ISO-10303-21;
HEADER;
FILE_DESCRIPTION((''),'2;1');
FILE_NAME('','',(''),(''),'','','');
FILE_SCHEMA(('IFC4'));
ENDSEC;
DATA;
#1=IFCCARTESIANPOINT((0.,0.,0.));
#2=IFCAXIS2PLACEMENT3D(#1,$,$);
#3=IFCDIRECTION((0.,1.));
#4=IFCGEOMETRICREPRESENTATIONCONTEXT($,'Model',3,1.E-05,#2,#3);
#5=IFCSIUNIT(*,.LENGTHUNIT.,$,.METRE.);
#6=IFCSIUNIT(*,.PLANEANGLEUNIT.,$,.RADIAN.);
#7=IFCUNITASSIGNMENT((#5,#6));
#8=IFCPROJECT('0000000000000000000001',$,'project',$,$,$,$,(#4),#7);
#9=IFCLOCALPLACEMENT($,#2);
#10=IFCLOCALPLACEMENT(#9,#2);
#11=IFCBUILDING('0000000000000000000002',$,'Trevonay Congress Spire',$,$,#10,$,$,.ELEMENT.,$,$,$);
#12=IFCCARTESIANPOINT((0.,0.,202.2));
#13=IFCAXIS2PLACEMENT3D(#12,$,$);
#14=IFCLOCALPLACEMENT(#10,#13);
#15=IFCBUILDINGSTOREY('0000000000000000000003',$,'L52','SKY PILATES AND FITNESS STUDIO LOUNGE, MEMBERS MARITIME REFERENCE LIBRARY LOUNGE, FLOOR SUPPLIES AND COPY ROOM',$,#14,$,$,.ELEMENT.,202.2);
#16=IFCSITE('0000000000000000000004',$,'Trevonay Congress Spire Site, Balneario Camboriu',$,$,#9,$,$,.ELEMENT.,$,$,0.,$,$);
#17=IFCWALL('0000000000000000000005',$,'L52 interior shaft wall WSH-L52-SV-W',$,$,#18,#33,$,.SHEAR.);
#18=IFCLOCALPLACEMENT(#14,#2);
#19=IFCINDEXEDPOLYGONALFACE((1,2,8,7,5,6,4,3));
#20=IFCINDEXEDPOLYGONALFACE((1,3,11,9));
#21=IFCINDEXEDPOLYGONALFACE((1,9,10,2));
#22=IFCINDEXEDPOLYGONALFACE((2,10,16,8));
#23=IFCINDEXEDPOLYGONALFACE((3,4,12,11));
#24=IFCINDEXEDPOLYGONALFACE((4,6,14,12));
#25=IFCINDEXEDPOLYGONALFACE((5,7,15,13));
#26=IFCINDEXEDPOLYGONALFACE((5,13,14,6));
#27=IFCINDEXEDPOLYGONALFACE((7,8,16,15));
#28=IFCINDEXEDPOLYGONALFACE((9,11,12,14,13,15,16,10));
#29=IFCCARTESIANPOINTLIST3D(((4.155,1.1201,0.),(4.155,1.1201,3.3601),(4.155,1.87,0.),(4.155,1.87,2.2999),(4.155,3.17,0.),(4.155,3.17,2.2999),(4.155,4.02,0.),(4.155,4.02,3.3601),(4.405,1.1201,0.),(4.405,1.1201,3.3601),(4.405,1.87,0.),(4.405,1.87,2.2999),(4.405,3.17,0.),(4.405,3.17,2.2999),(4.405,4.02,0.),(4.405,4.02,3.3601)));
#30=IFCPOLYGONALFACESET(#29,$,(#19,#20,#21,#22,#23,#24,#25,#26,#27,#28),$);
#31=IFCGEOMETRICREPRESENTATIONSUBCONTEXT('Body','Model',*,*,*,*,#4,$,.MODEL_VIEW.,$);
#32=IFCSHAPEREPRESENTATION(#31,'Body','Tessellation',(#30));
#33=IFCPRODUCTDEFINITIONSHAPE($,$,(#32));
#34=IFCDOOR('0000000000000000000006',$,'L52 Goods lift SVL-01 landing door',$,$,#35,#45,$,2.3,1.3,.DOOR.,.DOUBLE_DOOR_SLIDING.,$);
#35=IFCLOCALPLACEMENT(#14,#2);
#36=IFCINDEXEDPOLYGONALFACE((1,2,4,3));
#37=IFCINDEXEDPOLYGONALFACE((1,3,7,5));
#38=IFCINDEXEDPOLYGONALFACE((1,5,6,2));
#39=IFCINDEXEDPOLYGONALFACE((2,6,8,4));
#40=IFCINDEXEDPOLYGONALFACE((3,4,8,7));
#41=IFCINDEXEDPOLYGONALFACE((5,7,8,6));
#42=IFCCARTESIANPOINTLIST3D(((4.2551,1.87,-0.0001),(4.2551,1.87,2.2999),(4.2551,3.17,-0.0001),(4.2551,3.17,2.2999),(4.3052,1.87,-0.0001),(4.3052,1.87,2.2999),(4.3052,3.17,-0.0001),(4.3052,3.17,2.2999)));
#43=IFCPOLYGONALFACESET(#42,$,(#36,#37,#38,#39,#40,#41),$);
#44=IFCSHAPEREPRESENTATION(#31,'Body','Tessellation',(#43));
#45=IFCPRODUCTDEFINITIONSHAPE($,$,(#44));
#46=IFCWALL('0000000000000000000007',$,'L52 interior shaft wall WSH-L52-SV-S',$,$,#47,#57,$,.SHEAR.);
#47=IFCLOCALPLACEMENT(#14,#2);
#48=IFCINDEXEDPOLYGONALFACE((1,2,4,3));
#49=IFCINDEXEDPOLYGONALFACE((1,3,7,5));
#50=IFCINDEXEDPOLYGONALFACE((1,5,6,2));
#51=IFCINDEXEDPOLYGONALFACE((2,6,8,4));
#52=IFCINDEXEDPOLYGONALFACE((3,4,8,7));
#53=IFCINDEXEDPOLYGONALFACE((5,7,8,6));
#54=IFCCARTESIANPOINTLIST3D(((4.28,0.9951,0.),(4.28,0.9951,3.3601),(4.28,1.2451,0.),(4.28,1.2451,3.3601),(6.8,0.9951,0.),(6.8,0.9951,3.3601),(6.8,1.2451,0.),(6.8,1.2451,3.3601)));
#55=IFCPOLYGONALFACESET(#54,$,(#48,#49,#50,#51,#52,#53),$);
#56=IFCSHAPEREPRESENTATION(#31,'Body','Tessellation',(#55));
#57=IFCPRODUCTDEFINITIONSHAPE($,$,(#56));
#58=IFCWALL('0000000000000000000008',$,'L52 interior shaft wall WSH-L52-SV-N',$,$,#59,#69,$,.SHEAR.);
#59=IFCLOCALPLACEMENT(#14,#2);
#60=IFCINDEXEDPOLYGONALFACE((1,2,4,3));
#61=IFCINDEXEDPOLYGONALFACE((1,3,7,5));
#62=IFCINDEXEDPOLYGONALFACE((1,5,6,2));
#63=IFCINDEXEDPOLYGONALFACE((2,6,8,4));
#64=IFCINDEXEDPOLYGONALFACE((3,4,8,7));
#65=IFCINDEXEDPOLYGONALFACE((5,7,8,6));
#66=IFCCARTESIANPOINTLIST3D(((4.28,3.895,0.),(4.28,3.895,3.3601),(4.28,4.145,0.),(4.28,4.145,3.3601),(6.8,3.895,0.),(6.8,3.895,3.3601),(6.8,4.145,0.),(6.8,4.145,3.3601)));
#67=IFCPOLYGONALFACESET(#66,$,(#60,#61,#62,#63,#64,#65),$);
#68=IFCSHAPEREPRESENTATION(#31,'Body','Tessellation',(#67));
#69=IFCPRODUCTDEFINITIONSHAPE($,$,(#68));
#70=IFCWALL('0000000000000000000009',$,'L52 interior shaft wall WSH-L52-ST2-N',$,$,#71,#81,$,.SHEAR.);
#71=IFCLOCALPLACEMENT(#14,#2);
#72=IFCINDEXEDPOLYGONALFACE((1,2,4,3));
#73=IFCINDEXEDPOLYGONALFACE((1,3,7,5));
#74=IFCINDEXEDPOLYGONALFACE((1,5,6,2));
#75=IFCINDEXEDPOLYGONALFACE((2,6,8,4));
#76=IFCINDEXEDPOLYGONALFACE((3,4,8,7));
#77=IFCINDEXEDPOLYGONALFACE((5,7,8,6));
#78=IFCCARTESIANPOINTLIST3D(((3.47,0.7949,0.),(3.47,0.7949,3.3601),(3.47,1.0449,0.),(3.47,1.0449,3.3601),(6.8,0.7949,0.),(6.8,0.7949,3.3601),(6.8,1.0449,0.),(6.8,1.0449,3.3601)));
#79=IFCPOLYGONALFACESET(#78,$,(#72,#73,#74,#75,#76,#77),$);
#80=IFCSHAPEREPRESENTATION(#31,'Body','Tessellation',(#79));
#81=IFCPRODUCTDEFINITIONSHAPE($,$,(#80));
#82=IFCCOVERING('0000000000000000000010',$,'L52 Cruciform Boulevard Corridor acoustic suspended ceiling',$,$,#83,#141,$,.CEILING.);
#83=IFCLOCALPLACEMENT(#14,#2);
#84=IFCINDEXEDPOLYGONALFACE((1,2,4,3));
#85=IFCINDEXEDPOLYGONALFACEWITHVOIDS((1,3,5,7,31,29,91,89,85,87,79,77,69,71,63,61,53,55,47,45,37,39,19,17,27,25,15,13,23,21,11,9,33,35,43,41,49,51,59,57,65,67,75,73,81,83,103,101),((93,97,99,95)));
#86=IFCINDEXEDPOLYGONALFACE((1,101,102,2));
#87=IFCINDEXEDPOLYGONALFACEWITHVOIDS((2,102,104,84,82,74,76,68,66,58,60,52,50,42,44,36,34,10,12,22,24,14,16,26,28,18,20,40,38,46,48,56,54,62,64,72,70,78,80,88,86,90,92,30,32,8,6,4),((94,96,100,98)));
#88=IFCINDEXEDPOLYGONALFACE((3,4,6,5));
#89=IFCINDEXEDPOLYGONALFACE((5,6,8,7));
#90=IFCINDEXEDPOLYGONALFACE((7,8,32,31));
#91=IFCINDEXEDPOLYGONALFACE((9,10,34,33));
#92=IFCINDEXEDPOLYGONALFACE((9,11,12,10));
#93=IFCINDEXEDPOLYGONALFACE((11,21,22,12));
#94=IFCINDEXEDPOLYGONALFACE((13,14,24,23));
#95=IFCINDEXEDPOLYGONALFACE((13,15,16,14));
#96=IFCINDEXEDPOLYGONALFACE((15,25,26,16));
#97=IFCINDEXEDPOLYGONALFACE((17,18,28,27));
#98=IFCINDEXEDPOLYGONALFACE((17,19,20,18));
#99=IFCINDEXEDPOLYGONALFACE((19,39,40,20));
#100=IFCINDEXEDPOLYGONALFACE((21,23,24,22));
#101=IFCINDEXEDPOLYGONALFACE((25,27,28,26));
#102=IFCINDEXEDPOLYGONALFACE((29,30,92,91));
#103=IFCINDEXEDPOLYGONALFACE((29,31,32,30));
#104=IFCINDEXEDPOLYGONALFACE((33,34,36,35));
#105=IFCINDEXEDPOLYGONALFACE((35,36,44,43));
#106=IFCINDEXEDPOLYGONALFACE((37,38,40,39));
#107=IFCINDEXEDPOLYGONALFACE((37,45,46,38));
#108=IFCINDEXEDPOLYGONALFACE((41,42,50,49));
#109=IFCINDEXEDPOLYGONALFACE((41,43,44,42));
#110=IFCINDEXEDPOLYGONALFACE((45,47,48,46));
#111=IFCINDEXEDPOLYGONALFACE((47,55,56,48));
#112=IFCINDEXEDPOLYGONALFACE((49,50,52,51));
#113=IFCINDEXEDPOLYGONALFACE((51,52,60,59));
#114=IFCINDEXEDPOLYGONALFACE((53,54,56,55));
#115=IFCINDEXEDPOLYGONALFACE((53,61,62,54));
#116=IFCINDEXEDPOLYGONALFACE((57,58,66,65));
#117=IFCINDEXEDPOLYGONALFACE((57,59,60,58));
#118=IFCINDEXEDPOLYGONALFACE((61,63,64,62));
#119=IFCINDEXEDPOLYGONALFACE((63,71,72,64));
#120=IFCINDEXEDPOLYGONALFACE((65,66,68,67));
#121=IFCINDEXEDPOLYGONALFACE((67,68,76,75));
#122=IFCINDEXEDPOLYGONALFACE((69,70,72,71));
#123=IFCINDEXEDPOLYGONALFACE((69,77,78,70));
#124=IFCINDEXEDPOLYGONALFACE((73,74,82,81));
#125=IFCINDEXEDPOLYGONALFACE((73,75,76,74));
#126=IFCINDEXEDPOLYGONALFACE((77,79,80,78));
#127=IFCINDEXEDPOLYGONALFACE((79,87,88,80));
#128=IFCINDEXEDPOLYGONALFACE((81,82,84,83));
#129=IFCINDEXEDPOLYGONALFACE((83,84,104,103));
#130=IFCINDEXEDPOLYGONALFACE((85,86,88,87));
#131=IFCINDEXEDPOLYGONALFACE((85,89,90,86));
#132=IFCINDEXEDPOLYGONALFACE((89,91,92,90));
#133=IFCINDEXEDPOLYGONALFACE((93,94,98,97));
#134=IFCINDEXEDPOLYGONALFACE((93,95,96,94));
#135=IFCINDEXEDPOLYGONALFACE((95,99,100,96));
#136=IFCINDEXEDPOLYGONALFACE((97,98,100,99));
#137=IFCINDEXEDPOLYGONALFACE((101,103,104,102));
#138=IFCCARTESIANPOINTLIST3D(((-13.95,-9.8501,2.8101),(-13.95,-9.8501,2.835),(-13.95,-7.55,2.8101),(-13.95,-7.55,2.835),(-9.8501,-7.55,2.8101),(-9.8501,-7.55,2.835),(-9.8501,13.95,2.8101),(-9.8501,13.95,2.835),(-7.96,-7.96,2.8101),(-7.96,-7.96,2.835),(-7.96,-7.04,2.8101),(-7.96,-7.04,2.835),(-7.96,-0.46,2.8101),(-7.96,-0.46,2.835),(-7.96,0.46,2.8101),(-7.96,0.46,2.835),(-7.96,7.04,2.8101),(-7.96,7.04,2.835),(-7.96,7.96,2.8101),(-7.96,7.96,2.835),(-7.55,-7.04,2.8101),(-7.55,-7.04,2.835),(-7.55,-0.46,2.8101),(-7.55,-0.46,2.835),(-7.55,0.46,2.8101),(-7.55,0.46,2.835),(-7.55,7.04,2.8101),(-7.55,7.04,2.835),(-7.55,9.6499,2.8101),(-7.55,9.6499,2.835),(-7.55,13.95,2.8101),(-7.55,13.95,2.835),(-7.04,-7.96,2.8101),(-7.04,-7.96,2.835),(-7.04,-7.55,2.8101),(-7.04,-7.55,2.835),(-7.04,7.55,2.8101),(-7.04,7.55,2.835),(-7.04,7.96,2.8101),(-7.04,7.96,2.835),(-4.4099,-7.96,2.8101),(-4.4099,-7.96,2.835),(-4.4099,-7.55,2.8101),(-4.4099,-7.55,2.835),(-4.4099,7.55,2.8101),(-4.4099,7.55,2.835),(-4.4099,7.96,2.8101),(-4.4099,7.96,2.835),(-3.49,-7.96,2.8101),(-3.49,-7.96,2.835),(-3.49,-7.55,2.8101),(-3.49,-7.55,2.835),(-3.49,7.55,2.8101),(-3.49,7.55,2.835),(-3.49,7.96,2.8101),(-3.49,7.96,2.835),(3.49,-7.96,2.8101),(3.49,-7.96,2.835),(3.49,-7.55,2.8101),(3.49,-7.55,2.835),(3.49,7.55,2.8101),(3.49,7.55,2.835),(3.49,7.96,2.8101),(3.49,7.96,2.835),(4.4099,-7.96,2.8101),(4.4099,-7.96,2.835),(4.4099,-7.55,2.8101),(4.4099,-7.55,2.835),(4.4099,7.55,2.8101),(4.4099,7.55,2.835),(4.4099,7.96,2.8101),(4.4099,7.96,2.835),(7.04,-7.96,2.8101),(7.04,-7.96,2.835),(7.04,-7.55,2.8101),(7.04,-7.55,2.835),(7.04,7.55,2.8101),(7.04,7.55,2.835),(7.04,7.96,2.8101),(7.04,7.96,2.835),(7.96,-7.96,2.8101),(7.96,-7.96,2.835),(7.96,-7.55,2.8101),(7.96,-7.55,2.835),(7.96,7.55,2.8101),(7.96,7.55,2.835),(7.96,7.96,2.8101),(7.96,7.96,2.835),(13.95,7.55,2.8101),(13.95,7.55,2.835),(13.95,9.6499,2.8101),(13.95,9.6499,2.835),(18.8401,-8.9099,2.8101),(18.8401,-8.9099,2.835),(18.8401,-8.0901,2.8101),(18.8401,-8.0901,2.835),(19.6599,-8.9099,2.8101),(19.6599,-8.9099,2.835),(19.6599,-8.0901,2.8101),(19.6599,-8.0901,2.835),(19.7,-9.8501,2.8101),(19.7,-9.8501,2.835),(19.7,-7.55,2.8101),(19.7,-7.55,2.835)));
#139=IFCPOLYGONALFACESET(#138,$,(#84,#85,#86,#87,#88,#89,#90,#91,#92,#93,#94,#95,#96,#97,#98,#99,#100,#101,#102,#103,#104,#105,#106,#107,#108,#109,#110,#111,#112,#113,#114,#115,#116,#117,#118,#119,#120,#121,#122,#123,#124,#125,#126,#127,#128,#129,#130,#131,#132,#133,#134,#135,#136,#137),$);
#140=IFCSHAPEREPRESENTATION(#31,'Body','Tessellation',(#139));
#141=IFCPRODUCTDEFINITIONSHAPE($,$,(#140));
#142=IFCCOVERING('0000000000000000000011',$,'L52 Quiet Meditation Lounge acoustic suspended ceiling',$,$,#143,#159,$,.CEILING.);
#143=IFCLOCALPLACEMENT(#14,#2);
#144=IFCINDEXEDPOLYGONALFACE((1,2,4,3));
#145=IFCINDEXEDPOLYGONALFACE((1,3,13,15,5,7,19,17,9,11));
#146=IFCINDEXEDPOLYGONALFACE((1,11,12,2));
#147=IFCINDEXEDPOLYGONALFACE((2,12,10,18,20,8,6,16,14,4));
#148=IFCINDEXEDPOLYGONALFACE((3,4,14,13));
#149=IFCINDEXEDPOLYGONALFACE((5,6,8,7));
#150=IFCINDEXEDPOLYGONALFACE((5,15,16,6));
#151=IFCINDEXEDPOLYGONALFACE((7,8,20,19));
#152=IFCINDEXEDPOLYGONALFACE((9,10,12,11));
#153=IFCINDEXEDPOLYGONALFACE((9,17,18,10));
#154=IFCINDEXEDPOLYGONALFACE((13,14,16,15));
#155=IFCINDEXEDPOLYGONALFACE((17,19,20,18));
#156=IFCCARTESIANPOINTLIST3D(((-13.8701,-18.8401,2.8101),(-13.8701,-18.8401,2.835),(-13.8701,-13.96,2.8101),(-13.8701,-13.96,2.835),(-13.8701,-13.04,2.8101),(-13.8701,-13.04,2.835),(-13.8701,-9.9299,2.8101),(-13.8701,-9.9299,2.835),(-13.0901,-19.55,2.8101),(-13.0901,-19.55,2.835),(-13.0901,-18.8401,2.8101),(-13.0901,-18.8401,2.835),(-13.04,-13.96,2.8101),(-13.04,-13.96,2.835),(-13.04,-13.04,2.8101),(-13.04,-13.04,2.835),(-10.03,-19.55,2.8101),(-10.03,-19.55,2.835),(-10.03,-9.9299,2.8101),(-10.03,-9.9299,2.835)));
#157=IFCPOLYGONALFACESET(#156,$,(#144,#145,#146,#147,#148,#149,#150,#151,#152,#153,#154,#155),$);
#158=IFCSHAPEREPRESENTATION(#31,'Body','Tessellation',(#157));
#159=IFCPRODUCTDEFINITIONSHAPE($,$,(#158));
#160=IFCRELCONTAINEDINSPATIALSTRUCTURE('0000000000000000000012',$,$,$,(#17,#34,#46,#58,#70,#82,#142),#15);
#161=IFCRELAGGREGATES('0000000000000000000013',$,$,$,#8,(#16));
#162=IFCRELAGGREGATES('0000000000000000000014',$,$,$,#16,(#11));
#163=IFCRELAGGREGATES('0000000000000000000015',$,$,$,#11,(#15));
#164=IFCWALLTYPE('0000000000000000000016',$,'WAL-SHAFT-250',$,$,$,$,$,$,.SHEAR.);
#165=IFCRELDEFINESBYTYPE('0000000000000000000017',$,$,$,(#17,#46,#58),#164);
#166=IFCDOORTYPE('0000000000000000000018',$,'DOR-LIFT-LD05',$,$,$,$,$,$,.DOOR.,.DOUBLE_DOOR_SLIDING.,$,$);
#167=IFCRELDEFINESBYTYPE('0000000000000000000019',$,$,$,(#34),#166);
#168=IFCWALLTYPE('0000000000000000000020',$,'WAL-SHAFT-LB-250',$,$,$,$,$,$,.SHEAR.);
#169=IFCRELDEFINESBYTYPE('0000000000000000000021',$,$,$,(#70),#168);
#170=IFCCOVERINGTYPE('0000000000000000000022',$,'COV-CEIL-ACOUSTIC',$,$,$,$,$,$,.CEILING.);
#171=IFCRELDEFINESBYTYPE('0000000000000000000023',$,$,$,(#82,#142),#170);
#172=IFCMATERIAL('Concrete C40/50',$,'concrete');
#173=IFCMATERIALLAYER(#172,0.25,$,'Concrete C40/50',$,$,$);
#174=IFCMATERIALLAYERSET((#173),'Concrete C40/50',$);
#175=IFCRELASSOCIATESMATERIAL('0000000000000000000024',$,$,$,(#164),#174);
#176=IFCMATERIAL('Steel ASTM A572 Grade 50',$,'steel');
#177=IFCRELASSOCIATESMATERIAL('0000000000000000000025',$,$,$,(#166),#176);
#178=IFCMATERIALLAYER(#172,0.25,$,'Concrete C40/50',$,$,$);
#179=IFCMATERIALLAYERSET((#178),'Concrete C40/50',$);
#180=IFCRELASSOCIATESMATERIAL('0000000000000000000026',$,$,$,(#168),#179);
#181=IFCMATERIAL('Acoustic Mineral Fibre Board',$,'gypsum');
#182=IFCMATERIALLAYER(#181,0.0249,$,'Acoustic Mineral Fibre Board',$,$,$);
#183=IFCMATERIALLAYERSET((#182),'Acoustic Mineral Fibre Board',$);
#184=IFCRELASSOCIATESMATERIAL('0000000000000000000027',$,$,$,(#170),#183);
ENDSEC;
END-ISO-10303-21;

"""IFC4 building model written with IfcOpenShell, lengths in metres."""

from ifc_helpers import new_model, si_unit, direction, frame, frame_2d, origin, place, context, subcontext, project, spatial, polyline, rectangle, outline, extrude, material, layer, layer_set, type_object, element, fill, save


model = new_model("IFC4")

# Units and contexts
model_context = context("Model", 3, precision=1e-05, world=origin(), true_north=direction((0.0, 1.0)))
body_context = subcontext(model_context, "Body", "Model", "MODEL_VIEW")
ifc_project = project(units=[si_unit("LENGTHUNIT", "METRE"), si_unit("PLANEANGLEUNIT", "RADIAN")], contexts=[model_context])

# Site, building, storey
site_placement = place(None, origin())
site = spatial("IfcSite", under=ifc_project, at=site_placement, Name="Trevonay Congress Spire Site, Balneario Camboriu", CompositionType="ELEMENT", RefElevation=0.0)
building_placement = place(site_placement, origin())
building = spatial("IfcBuilding", under=site, at=building_placement, Name="Trevonay Congress Spire", CompositionType="ELEMENT")
storey_placement = place(building_placement, frame((0.0, 0.0, 202.2)))
storey = spatial("IfcBuildingStorey", under=building, at=storey_placement, Name="L52", Description="SKY PILATES AND FITNESS STUDIO LOUNGE, MEMBERS MARITIME REFERENCE LIBRARY LOUNGE, FLOOR SUPPLIES AND COPY ROOM", CompositionType="ELEMENT", Elevation=202.2)

# Shared definitions
ifc_material_1 = material(Name="Steel ASTM A572 Grade 50", Category="steel")

# Shared definitions
ifc_material_2 = material(Name="Concrete C40/50", Category="concrete")
ifc_layer_1 = layer(ifc_material_2, 0.25, Name="Concrete C40/50")
ifc_layer_set_1 = layer_set([ifc_layer_1], Name="Concrete C40/50")
wall_type_1 = type_object("IfcWallType", Name="WAL-SHAFT-250", PredefinedType="SHEAR", material=ifc_layer_set_1)

# Wall, opening, door
wall_1_placement = place(storey_placement, frame((4.28, 1.1201, 0.0), z_axis=(0.0, 0.0, 1.0), x_axis=(0.0, 1.0, 0.0)))
wall_1 = element("IfcWall", 1, at=wall_1_placement, inside=storey, type_object=wall_type_1, Name="L52 interior shaft wall WSH-L52-SV-W", PredefinedType="SHEAR", context=body_context, shape_type="SweptSolid", body=[
    extrude(rectangle(XDim=2.8999, YDim=0.25, at=frame_2d((1.45, 0.0))), origin(), (0.0, 0.0, 1.0), 3.3601),
])
opening_1_placement = place(wall_1_placement, frame((0.75, 0.0, 0.0)))
opening_1 = element("IfcOpeningElement", 2, at=opening_1_placement, cuts=wall_1, PredefinedType="OPENING", context=body_context, shape_type="SweptSolid", body=[
    extrude(rectangle(XDim=1.3, YDim=2.3, at=frame_2d((0.6499, 1.1499))), frame((0.0, 0.135, 0.0), z_axis=(0.0, -1.0, 0.0), x_axis=(1.0, 0.0, 0.0)), (0.0, 0.0, 1.0), 0.27),
])
door_type_1 = type_object("IfcDoorType", Name="DOR-LIFT-LD05", OperationType="DOUBLE_DOOR_SLIDING", PredefinedType="DOOR", material=ifc_material_1)
door_1_placement = place(opening_1_placement, origin())
door_1 = element("IfcDoor", 3, at=door_1_placement, inside=storey, type_object=door_type_1, Name="L52 Goods lift SVL-01 landing door", OperationType="DOUBLE_DOOR_SLIDING", OverallHeight=2.3, OverallWidth=1.3, PredefinedType="DOOR", context=body_context, shape_type="SweptSolid", body=[
    extrude(rectangle(XDim=1.3, YDim=2.3, at=frame_2d((0.6499, 1.1499))), frame((0.0, 0.0249, 0.0), z_axis=(0.0, -1.0, 0.0), x_axis=(1.0, 0.0, 0.0)), (0.0, 0.0, 1.0), 0.05),
])
fill(opening_1, door_1)

# Walls
for number, where, z_axis, x_axis, name in (
    (4, (4.28, 1.1201, 0.0), (0.0, 0.0, 1.0), (1.0, 0.0, 0.0), "L52 interior shaft wall WSH-L52-SV-S"),
    (5, (4.28, 4.02, 0.0), (0.0, 0.0, 1.0), (1.0, 0.0, 0.0), "L52 interior shaft wall WSH-L52-SV-N"),
):
    element("IfcWall", number, at=place(storey_placement, frame(where, z_axis=z_axis, x_axis=x_axis)), inside=storey, type_object=wall_type_1, Name=name, PredefinedType="SHEAR", context=body_context, shape_type="SweptSolid", body=[
        extrude(rectangle(XDim=2.52, YDim=0.25, at=frame_2d((1.26, 0.0))), origin(), (0.0, 0.0, 1.0), 3.3601),
    ])
ifc_layer_2 = layer(ifc_material_2, 0.25, Name="Concrete C40/50")
ifc_layer_set_2 = layer_set([ifc_layer_2], Name="Concrete C40/50")
wall_type_2 = type_object("IfcWallType", Name="WAL-SHAFT-LB-250", PredefinedType="SHEAR", material=ifc_layer_set_2)
wall_2_placement = place(storey_placement, frame((3.47, 0.9199, 0.0), z_axis=(0.0, 0.0, 1.0), x_axis=(1.0, 0.0, 0.0)))
element("IfcWall", 6, at=wall_2_placement, inside=storey, type_object=wall_type_2, Name="L52 interior shaft wall WSH-L52-ST2-N", PredefinedType="SHEAR", context=body_context, shape_type="SweptSolid", body=[
    extrude(rectangle(XDim=3.3301, YDim=0.25, at=frame_2d((1.665, 0.0))), origin(), (0.0, 0.0, 1.0), 3.3601),
])

# Coverings
ifc_material_3 = material(Name="Acoustic Mineral Fibre Board", Category="gypsum")
ifc_layer_3 = layer(ifc_material_3, 0.0249, Name="Acoustic Mineral Fibre Board")
ifc_layer_set_3 = layer_set([ifc_layer_3], Name="Acoustic Mineral Fibre Board")
covering_type_1 = type_object("IfcCoveringType", Name="COV-CEIL-ACOUSTIC", PredefinedType="CEILING", material=ifc_layer_set_3)
covering_1_placement = place(storey_placement, frame((0.0, 0.0, 2.8101)))
element("IfcCovering", 7, at=covering_1_placement, inside=storey, type_object=covering_type_1, Name="L52 Cruciform Boulevard Corridor acoustic suspended ceiling", PredefinedType="CEILING", context=body_context, shape_type="SweptSolid", body=[
    extrude(outline(polyline([(19.7, -7.55), (19.7, -9.8501), (-13.95, -9.8501), (-13.95, -7.55), (-9.8501, -7.55), (-9.8501, 13.95), (-7.55, 13.95), (-7.55, 9.6499), (13.95, 9.6499), (13.95, 7.55), (7.96, 7.55), (7.96, 7.96), (7.04, 7.96), (7.04, 7.55), (4.4099, 7.55), (4.4099, 7.96), (3.49, 7.96), (3.49, 7.55), (-3.49, 7.55), (-3.49, 7.96), (-4.4099, 7.96), (-4.4099, 7.55), (-7.04, 7.55), (-7.04, 7.96), (-7.96, 7.96), (-7.96, 7.04), (-7.55, 7.04), (-7.55, 0.46), (-7.96, 0.46), (-7.96, -0.46), (-7.55, -0.46), (-7.55, -7.04), (-7.96, -7.04), (-7.96, -7.96), (-7.04, -7.96), (-7.04, -7.55), (-4.4099, -7.55), (-4.4099, -7.96), (-3.49, -7.96), (-3.49, -7.55), (3.49, -7.55), (3.49, -7.96), (4.4099, -7.96), (4.4099, -7.55), (7.04, -7.55), (7.04, -7.96), (7.96, -7.96), (7.96, -7.55), (19.7, -7.55)]), holes=[polyline([(19.6599, -8.0901), (18.8401, -8.0901), (18.8401, -8.9099), (19.6599, -8.9099), (19.6599, -8.0901)])]), origin(), (0.0, 0.0, 1.0), 0.0249),
])
covering_2_placement = place(storey_placement, frame((0.0, 0.0, 2.8101)))
element("IfcCovering", 8, at=covering_2_placement, inside=storey, type_object=covering_type_1, Name="L52 Quiet Meditation Lounge acoustic suspended ceiling", PredefinedType="CEILING", context=body_context, shape_type="SweptSolid", body=[
    extrude(outline(polyline([(-13.8701, -9.9299), (-10.03, -9.9299), (-10.03, -19.55), (-13.0901, -19.55), (-13.0901, -18.8401), (-13.8701, -18.8401), (-13.8701, -13.96), (-13.04, -13.96), (-13.04, -13.04), (-13.8701, -13.04), (-13.8701, -9.9299)])), origin(), (0.0, 0.0, 1.0), 0.0249),
])

save(model, "model.ifc")
